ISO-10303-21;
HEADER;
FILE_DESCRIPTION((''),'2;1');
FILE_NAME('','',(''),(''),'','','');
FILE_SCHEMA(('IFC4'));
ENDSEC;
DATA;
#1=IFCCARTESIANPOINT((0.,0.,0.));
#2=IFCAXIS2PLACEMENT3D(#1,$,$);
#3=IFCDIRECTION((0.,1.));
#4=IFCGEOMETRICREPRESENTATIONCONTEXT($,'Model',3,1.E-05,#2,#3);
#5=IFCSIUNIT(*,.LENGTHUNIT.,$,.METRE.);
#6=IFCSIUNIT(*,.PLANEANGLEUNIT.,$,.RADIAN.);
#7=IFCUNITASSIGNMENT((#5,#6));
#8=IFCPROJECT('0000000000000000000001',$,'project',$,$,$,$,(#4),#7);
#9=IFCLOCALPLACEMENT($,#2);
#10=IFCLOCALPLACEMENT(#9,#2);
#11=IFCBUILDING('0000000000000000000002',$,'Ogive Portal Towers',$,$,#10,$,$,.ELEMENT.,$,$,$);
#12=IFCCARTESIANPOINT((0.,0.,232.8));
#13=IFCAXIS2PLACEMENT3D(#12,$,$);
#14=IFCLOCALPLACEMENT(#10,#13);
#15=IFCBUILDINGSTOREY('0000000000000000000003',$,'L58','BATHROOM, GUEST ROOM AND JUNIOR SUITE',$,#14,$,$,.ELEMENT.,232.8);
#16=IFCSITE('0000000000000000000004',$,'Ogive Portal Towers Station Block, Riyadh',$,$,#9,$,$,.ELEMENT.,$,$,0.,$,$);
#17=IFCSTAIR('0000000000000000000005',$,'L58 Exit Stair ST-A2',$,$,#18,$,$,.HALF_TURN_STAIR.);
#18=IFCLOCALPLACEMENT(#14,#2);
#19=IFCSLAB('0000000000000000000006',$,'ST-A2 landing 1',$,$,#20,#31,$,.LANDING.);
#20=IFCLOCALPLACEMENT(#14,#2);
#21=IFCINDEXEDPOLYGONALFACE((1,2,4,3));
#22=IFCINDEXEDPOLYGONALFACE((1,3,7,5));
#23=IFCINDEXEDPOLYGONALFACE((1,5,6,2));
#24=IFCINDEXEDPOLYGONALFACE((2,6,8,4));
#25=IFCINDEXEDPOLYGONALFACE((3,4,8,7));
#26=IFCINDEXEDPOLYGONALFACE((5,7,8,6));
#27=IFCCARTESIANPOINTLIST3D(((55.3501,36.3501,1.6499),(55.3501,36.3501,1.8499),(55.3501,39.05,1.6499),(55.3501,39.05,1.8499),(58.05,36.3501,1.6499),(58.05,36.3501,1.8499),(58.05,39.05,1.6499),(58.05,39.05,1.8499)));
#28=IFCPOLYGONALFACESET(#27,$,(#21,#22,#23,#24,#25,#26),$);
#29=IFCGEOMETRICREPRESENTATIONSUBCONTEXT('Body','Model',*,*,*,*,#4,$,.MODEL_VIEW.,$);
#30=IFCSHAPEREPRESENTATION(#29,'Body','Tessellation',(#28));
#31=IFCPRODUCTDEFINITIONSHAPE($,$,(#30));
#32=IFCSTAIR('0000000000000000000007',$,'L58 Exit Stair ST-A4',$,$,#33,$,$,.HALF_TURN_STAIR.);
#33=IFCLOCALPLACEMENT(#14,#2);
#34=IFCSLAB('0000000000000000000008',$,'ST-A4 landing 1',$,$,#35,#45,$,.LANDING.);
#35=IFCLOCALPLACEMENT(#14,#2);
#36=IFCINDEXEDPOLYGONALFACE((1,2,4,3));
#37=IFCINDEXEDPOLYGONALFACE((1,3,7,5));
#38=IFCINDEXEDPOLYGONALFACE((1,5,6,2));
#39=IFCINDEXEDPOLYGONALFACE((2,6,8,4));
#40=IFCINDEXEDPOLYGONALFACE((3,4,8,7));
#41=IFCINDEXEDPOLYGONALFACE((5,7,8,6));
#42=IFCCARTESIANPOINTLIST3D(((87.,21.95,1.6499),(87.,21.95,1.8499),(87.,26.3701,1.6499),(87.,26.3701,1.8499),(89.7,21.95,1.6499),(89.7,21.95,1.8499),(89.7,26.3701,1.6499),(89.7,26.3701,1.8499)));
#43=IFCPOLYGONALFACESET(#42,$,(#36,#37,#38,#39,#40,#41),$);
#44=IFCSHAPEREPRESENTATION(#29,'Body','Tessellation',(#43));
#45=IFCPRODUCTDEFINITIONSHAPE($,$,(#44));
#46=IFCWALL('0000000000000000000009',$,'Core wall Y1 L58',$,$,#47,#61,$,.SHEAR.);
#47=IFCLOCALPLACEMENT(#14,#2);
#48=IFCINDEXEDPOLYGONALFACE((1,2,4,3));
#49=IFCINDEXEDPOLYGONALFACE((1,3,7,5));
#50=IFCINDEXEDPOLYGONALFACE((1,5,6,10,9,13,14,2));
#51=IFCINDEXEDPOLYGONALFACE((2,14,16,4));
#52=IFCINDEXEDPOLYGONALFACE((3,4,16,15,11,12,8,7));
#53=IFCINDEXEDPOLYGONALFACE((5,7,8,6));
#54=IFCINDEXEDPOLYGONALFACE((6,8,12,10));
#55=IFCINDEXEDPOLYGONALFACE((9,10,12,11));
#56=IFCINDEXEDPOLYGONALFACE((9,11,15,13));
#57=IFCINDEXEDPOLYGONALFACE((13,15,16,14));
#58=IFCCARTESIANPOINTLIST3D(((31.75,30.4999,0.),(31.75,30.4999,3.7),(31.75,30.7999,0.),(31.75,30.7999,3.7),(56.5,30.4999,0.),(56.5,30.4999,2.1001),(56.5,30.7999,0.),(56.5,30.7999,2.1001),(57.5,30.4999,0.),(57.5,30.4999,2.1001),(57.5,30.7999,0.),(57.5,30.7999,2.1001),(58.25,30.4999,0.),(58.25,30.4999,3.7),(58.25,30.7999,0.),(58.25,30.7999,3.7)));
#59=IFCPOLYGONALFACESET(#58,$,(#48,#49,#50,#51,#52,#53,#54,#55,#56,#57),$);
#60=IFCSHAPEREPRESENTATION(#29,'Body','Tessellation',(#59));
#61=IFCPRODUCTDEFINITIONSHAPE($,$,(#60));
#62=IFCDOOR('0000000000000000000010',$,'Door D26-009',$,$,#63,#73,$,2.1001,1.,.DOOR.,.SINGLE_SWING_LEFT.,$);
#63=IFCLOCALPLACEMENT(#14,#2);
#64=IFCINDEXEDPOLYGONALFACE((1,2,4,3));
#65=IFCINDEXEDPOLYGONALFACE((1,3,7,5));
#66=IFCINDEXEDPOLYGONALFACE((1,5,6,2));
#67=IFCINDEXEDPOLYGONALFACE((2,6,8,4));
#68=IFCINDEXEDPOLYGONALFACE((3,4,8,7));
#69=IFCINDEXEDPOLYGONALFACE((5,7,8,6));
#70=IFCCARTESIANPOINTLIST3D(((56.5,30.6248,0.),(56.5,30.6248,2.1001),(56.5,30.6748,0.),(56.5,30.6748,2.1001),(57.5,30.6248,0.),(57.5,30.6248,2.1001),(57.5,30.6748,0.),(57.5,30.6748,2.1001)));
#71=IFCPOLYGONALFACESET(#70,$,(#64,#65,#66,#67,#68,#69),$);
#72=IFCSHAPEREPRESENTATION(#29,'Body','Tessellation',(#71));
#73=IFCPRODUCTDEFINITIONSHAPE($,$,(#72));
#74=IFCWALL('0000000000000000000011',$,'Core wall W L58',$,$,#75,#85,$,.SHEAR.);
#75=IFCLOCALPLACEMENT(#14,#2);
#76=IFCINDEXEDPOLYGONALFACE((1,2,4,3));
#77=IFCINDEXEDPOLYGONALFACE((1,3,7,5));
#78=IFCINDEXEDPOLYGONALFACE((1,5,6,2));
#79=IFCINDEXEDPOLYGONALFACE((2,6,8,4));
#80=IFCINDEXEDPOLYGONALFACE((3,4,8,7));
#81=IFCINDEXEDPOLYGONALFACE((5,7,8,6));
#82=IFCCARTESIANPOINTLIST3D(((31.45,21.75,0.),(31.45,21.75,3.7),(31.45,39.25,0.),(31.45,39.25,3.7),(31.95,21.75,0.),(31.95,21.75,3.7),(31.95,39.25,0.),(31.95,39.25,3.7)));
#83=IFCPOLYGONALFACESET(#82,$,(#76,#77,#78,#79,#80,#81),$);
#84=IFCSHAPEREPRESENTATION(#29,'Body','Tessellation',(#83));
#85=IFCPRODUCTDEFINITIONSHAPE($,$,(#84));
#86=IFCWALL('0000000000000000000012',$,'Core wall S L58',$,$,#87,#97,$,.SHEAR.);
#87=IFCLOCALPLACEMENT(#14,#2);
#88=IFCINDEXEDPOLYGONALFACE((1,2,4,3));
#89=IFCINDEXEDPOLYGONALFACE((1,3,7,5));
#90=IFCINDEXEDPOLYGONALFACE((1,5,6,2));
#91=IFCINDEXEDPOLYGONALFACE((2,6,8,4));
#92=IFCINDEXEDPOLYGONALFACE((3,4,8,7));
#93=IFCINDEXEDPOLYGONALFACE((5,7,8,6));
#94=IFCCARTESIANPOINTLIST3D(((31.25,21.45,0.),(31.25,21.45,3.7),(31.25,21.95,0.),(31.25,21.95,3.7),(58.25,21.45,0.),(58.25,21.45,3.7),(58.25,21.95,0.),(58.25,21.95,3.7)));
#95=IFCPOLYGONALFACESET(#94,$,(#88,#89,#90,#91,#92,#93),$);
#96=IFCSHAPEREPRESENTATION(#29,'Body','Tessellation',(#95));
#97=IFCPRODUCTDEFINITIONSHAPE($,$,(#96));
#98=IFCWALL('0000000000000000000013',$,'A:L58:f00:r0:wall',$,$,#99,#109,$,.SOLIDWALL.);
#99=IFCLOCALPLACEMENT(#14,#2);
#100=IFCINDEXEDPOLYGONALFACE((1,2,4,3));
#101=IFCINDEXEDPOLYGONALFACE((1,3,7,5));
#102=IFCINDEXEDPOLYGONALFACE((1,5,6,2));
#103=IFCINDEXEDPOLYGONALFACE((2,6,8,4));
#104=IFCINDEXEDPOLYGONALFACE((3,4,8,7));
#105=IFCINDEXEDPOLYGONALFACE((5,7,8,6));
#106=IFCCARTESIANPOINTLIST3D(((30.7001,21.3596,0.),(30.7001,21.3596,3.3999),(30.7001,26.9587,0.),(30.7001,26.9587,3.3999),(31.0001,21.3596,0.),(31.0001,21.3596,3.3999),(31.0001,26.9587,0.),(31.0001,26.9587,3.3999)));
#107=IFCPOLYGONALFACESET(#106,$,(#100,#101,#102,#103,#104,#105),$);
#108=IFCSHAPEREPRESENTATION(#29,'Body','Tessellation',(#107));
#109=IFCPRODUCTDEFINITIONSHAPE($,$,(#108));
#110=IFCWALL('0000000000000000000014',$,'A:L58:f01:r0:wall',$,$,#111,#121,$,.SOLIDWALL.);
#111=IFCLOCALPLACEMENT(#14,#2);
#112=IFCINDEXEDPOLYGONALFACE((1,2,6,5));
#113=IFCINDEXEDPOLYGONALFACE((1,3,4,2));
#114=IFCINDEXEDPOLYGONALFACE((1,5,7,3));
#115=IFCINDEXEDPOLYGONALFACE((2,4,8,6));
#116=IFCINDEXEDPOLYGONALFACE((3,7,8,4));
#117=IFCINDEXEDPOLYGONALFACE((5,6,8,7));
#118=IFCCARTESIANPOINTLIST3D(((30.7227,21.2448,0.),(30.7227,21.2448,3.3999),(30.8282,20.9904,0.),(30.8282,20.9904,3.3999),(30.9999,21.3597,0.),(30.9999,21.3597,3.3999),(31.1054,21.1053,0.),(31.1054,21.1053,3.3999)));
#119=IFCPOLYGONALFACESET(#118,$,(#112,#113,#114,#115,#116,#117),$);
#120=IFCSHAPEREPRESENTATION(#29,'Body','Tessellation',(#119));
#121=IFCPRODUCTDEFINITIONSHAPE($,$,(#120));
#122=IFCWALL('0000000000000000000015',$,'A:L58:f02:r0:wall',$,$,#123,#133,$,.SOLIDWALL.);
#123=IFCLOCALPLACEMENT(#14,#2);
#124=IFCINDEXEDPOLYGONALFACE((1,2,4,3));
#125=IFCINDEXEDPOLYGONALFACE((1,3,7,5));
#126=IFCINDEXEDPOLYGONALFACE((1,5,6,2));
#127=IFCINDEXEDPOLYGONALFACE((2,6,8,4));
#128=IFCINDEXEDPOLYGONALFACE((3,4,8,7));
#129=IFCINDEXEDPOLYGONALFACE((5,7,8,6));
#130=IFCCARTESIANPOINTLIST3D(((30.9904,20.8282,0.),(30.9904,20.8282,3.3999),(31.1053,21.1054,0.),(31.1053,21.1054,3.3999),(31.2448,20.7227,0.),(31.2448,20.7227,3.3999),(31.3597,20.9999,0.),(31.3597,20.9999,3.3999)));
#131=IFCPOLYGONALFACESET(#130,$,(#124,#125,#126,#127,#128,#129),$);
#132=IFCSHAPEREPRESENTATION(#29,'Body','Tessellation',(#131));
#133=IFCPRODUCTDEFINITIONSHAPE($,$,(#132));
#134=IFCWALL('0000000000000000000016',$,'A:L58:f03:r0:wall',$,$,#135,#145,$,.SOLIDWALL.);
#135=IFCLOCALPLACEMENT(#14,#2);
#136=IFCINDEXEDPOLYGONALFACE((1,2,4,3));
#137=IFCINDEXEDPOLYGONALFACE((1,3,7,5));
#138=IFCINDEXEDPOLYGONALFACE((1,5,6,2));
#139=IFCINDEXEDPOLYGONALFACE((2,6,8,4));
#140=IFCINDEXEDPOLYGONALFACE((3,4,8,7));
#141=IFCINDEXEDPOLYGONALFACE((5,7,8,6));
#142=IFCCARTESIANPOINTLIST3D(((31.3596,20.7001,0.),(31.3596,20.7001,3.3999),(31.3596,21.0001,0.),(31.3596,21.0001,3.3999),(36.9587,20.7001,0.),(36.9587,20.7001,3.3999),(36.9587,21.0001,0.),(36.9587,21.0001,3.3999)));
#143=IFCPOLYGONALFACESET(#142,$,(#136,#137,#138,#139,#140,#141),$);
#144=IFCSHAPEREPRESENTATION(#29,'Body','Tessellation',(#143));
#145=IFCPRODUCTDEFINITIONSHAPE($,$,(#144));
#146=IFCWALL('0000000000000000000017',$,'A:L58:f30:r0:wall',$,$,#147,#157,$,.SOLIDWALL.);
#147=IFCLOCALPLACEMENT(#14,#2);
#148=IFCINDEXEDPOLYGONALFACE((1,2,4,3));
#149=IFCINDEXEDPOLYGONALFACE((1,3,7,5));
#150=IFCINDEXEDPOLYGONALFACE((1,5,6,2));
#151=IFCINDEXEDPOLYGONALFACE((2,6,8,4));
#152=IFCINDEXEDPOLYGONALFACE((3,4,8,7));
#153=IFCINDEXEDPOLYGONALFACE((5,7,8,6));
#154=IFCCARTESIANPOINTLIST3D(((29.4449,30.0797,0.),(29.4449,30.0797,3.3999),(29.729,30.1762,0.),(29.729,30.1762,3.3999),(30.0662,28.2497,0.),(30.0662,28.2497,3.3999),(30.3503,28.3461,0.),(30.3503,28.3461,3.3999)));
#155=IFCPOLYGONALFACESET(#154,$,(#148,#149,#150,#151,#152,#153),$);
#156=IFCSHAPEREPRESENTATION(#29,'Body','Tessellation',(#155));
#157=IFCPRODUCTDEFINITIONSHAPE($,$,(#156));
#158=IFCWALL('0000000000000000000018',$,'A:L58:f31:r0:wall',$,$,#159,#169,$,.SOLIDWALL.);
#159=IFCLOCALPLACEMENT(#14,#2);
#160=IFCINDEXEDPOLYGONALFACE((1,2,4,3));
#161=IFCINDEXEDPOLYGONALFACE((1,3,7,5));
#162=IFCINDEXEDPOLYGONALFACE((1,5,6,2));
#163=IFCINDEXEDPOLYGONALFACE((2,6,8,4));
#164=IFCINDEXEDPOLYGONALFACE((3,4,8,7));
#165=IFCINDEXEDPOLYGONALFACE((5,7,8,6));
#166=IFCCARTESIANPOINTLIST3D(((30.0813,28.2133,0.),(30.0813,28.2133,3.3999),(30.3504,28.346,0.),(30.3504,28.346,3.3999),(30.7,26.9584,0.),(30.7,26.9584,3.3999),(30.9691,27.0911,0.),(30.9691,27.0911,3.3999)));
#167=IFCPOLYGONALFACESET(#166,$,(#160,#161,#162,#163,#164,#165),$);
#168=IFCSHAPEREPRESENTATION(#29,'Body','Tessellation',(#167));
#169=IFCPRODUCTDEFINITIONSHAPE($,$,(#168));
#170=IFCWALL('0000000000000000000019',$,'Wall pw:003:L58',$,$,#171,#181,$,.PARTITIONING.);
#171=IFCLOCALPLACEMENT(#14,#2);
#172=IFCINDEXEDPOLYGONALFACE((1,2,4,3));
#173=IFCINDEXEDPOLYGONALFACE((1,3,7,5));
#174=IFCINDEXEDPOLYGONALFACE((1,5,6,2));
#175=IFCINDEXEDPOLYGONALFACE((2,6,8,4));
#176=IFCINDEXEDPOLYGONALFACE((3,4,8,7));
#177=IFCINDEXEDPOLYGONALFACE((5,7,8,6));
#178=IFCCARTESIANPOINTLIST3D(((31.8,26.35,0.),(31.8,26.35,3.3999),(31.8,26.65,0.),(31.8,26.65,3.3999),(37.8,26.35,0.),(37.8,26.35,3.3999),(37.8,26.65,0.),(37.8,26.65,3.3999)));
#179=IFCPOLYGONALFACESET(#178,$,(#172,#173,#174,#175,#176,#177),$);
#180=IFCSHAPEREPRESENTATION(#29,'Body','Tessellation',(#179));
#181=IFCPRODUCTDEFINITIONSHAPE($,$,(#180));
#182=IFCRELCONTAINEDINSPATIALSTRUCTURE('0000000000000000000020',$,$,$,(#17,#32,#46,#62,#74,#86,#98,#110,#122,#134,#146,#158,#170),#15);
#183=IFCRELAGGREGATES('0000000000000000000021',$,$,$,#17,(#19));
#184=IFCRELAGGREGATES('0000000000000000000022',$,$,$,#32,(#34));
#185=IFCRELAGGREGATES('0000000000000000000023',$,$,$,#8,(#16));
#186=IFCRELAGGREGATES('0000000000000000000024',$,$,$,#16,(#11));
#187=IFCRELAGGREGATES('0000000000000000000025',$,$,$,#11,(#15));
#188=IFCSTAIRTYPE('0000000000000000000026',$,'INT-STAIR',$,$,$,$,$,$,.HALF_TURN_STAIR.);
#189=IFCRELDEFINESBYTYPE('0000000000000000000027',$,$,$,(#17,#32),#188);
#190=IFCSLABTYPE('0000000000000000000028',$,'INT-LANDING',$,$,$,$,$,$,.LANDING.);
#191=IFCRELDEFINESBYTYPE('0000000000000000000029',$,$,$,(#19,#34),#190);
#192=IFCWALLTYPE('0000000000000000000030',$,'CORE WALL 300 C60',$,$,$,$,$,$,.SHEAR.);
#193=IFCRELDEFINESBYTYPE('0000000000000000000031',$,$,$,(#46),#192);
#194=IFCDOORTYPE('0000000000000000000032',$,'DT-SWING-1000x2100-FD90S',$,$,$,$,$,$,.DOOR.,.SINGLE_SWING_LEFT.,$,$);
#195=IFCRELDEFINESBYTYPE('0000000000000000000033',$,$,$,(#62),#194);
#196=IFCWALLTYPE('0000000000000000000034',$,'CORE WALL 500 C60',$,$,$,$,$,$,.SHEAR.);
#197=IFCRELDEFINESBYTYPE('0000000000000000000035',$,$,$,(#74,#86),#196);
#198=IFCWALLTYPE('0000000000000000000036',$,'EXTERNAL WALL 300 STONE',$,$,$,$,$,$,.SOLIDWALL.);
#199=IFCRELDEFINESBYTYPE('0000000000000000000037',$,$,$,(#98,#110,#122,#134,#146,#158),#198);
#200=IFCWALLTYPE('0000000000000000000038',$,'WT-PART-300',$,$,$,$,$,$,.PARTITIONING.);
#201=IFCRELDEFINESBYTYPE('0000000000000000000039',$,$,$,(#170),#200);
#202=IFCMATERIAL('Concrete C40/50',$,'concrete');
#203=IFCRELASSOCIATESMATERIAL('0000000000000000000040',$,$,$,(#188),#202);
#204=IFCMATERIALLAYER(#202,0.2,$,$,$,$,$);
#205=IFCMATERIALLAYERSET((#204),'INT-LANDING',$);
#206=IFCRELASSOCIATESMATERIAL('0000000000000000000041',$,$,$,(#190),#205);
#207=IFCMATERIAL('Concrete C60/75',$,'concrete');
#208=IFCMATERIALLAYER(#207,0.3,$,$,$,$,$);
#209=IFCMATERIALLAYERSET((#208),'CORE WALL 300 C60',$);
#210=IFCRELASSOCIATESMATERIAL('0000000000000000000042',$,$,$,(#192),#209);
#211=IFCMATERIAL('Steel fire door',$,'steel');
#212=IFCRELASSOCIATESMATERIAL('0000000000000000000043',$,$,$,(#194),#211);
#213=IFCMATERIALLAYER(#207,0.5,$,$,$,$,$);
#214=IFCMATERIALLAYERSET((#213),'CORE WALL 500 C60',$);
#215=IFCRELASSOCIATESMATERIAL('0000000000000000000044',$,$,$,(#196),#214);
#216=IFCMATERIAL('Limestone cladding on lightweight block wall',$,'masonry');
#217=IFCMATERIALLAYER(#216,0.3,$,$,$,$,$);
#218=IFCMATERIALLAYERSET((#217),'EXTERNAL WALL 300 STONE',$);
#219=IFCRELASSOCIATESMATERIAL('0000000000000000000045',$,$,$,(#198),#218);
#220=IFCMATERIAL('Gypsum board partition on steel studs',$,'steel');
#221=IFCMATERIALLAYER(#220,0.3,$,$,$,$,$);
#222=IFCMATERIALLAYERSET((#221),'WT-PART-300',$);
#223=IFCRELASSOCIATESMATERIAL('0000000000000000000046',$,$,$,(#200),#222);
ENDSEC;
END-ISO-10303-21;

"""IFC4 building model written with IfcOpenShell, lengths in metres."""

from ifc_helpers import new_model, si_unit, direction, frame, frame_2d, origin, place, context, subcontext, project, spatial, polyline, rectangle, outline, extrude, material, layer, layer_set, type_object, element, fill, aggregate, save


model = new_model("IFC4")

# Units and contexts
model_context = context("Model", 3, precision=1e-05, world=origin(), true_north=direction((0.0, 1.0)))
body_context = subcontext(model_context, "Body", "Model", "MODEL_VIEW")
ifc_project = project(units=[si_unit("LENGTHUNIT", "METRE"), si_unit("PLANEANGLEUNIT", "RADIAN")], contexts=[model_context])

# Site, building, storey
site_placement = place(None, origin())
site = spatial("IfcSite", under=ifc_project, at=site_placement, Name="Ogive Portal Towers Station Block, Riyadh", CompositionType="ELEMENT", RefElevation=0.0)
building_placement = place(site_placement, origin())
building = spatial("IfcBuilding", under=site, at=building_placement, Name="Ogive Portal Towers", CompositionType="ELEMENT")
storey_placement = place(building_placement, frame((0.0, 0.0, 232.8)))
storey = spatial("IfcBuildingStorey", under=building, at=storey_placement, Name="L58", Description="BATHROOM, GUEST ROOM AND JUNIOR SUITE", CompositionType="ELEMENT", Elevation=232.8)

# Stairs, slabs
ifc_material_1 = material(Name="Concrete C40/50", Category="concrete")
stair_type = type_object("IfcStairType", Name="INT-STAIR", PredefinedType="HALF_TURN_STAIR", material=ifc_material_1)
stair_1_placement = place(storey_placement, origin())
stair_1 = element("IfcStair", 1, at=stair_1_placement, inside=storey, type_object=stair_type, Name="L58 Exit Stair ST-A2", PredefinedType="HALF_TURN_STAIR")
ifc_layer_1 = layer(ifc_material_1, 0.2)
ifc_layer_set_1 = layer_set([ifc_layer_1], Name="INT-LANDING")
slab_type = type_object("IfcSlabType", Name="INT-LANDING", PredefinedType="LANDING", material=ifc_layer_set_1)
slab_1_placement = place(storey_placement, frame((0.0, 0.0, 1.6499)))
slab_1 = element("IfcSlab", 2, at=slab_1_placement, type_object=slab_type, Name="ST-A2 landing 1", PredefinedType="LANDING", context=body_context, shape_type="SweptSolid", body=[
    extrude(outline(polyline([(55.3501, 36.3501), (58.05, 36.3501), (58.05, 39.05), (55.3501, 39.05), (55.3501, 36.3501)])), origin(), (0.0, 0.0, 1.0), 0.2),
])
aggregate(stair_1, [slab_1])
stair_2_placement = place(storey_placement, origin())
stair_2 = element("IfcStair", 3, at=stair_2_placement, inside=storey, type_object=stair_type, Name="L58 Exit Stair ST-A4", PredefinedType="HALF_TURN_STAIR")
slab_2_placement = place(storey_placement, frame((0.0, 0.0, 1.6499)))
slab_2 = element("IfcSlab", 4, at=slab_2_placement, type_object=slab_type, Name="ST-A4 landing 1", PredefinedType="LANDING", context=body_context, shape_type="SweptSolid", body=[
    extrude(outline(polyline([(87.0, 26.3701), (87.0, 21.95), (89.7, 21.95), (89.7, 26.3701), (87.0, 26.3701)])), origin(), (0.0, 0.0, 1.0), 0.2),
])
aggregate(stair_2, [slab_2])

# Wall, opening, door
ifc_material_2 = material(Name="Concrete C60/75", Category="concrete")
ifc_layer_2 = layer(ifc_material_2, 0.3)
ifc_layer_set_2 = layer_set([ifc_layer_2], Name="CORE WALL 300 C60")
wall_type_1 = type_object("IfcWallType", Name="CORE WALL 300 C60", PredefinedType="SHEAR", material=ifc_layer_set_2)
wall_1_placement = place(storey_placement, frame((31.75, 30.6499, 0.0), z_axis=(0.0, 0.0, 1.0), x_axis=(1.0, 0.0, 0.0)))
wall_1 = element("IfcWall", 5, at=wall_1_placement, inside=storey, type_object=wall_type_1, Name="Core wall Y1 L58", PredefinedType="SHEAR", context=body_context, shape_type="SweptSolid", body=[
    extrude(rectangle(XDim=26.5, YDim=0.3, at=frame_2d((13.25, 0.0))), origin(), (0.0, 0.0, 1.0), 3.7),
])
opening_1_placement = place(wall_1_placement, frame((24.75, 0.0, 0.0)))
opening_1 = element("IfcOpeningElement", 6, at=opening_1_placement, cuts=wall_1, PredefinedType="OPENING", context=body_context, shape_type="SweptSolid", body=[
    extrude(rectangle(XDim=1.0, YDim=2.1001, at=frame_2d((0.5, 1.05))), frame((0.0, 0.1602, 0.0), z_axis=(0.0, -1.0, 0.0), x_axis=(1.0, 0.0, 0.0)), (0.0, 0.0, 1.0), 0.3201),
])
ifc_material_3 = material(Name="Steel fire door", Category="steel")
door_type = type_object("IfcDoorType", Name="DT-SWING-1000x2100-FD90S", OperationType="SINGLE_SWING_LEFT", PredefinedType="DOOR", material=ifc_material_3)
door_1_placement = place(opening_1_placement, origin())
door_1 = element("IfcDoor", 7, at=door_1_placement, inside=storey, type_object=door_type, Name="Door D26-009", OperationType="SINGLE_SWING_LEFT", OverallHeight=2.1001, OverallWidth=1.0, PredefinedType="DOOR", context=body_context, shape_type="SweptSolid", body=[
    extrude(rectangle(XDim=1.0, YDim=2.1001, at=frame_2d((0.5, 1.05))), frame((0.0, 0.0249, 0.0), z_axis=(0.0, -1.0, 0.0), x_axis=(1.0, 0.0, 0.0)), (0.0, 0.0, 1.0), 0.05),
])
fill(opening_1, door_1)

# Walls
ifc_layer_3 = layer(ifc_material_2, 0.5)
ifc_layer_set_3 = layer_set([ifc_layer_3], Name="CORE WALL 500 C60")
wall_type_2 = type_object("IfcWallType", Name="CORE WALL 500 C60", PredefinedType="SHEAR", material=ifc_layer_set_3)
wall_2_placement = place(storey_placement, frame((31.7, 21.75, 0.0), z_axis=(0.0, 0.0, 1.0), x_axis=(0.0, 1.0, 0.0)))
element("IfcWall", 8, at=wall_2_placement, inside=storey, type_object=wall_type_2, Name="Core wall W L58", PredefinedType="SHEAR", context=body_context, shape_type="SweptSolid", body=[
    extrude(rectangle(XDim=17.5, YDim=0.5, at=frame_2d((8.75, 0.0))), origin(), (0.0, 0.0, 1.0), 3.7),
])
wall_3_placement = place(storey_placement, frame((31.25, 21.7, 0.0), z_axis=(0.0, 0.0, 1.0), x_axis=(1.0, 0.0, 0.0)))
element("IfcWall", 9, at=wall_3_placement, inside=storey, type_object=wall_type_2, Name="Core wall S L58", PredefinedType="SHEAR", context=body_context, shape_type="SweptSolid", body=[
    extrude(rectangle(XDim=27.0, YDim=0.5, at=frame_2d((13.5, 0.0))), origin(), (0.0, 0.0, 1.0), 3.7),
])
ifc_material_4 = material(Name="Limestone cladding on lightweight block wall", Category="masonry")
ifc_layer_4 = layer(ifc_material_4, 0.3)
ifc_layer_set_4 = layer_set([ifc_layer_4], Name="EXTERNAL WALL 300 STONE")
wall_type_3 = type_object("IfcWallType", Name="EXTERNAL WALL 300 STONE", PredefinedType="SOLIDWALL", material=ifc_layer_set_4)
wall_4_placement = place(storey_placement, frame((30.8501, 26.9587, 0.0), z_axis=(0.0, 0.0, 1.0), x_axis=(0.0, -1.0, 0.0)))
element("IfcWall", 10, at=wall_4_placement, inside=storey, type_object=wall_type_3, Name="A:L58:f00:r0:wall", PredefinedType="SOLIDWALL", context=body_context, shape_type="SweptSolid", body=[
    extrude(rectangle(XDim=5.5991, YDim=0.3, at=frame_2d((2.7996, 0.0))), origin(), (0.0, 0.0, 1.0), 3.3999),
])
for number, where, z_axis, x_axis, name in (
    (11, (30.8613, 21.3022, 0.0), (0.0, 0.0, 1.0), (0.382978, -0.923757, 0.0), "A:L58:f01:r0:wall"),
    (12, (31.0479, 20.9668, 0.0), (0.0, 0.0, 1.0), (0.923757, -0.382978, 0.0), "A:L58:f02:r0:wall"),
):
    element("IfcWall", number, at=place(storey_placement, frame(where, z_axis=z_axis, x_axis=x_axis)), inside=storey, type_object=wall_type_3, Name=name, PredefinedType="SOLIDWALL", context=body_context, shape_type="SweptSolid", body=[
        extrude(rectangle(XDim=0.2754, YDim=0.3, at=frame_2d((0.1377, 0.0))), origin(), (0.0, 0.0, 1.0), 3.3999),
    ])
wall_5_placement = place(storey_placement, frame((31.3596, 20.8501, 0.0), z_axis=(0.0, 0.0, 1.0), x_axis=(1.0, 0.0, 0.0)))
element("IfcWall", 13, at=wall_5_placement, inside=storey, type_object=wall_type_3, Name="A:L58:f03:r0:wall", PredefinedType="SOLIDWALL", context=body_context, shape_type="SweptSolid", body=[
    extrude(rectangle(XDim=5.5991, YDim=0.3, at=frame_2d((2.7996, 0.0))), origin(), (0.0, 0.0, 1.0), 3.3999),
])
wall_6_placement = place(storey_placement, frame((29.5869, 30.1279, 0.0), z_axis=(0.0, 0.0, 1.0), x_axis=(0.321491, -0.946913, 0.0)))
element("IfcWall", 14, at=wall_6_placement, inside=storey, type_object=wall_type_3, Name="A:L58:f30:r0:wall", PredefinedType="SOLIDWALL", context=body_context, shape_type="SweptSolid", body=[
    extrude(rectangle(XDim=1.9326, YDim=0.3, at=frame_2d((0.9663, 0.0))), origin(), (0.0, 0.0, 1.0), 3.3999),
])
wall_7_placement = place(storey_placement, frame((30.2158, 28.2798, 0.0), z_axis=(0.0, 0.0, 1.0), x_axis=(0.442181, -0.896926, 0.0)))
element("IfcWall", 15, at=wall_7_placement, inside=storey, type_object=wall_type_3, Name="A:L58:f31:r0:wall", PredefinedType="SOLIDWALL", context=body_context, shape_type="SweptSolid", body=[
    extrude(rectangle(XDim=1.3992, YDim=0.3, at=frame_2d((0.6997, 0.0))), origin(), (0.0, 0.0, 1.0), 3.3999),
])
ifc_material_5 = material(Name="Gypsum board partition on steel studs", Category="steel")
ifc_layer_5 = layer(ifc_material_5, 0.3)
ifc_layer_set_5 = layer_set([ifc_layer_5], Name="WT-PART-300")
wall_type_4 = type_object("IfcWallType", Name="WT-PART-300", PredefinedType="PARTITIONING", material=ifc_layer_set_5)
wall_8_placement = place(storey_placement, frame((31.8, 26.5, 0.0), z_axis=(0.0, 0.0, 1.0), x_axis=(1.0, 0.0, 0.0)))
element("IfcWall", 16, at=wall_8_placement, inside=storey, type_object=wall_type_4, Name="Wall pw:003:L58", PredefinedType="PARTITIONING", context=body_context, shape_type="SweptSolid", body=[
    extrude(rectangle(XDim=6.0, YDim=0.3, at=frame_2d((3.0, 0.0))), origin(), (0.0, 0.0, 1.0), 3.3999),
])

save(model, "model.ifc")
